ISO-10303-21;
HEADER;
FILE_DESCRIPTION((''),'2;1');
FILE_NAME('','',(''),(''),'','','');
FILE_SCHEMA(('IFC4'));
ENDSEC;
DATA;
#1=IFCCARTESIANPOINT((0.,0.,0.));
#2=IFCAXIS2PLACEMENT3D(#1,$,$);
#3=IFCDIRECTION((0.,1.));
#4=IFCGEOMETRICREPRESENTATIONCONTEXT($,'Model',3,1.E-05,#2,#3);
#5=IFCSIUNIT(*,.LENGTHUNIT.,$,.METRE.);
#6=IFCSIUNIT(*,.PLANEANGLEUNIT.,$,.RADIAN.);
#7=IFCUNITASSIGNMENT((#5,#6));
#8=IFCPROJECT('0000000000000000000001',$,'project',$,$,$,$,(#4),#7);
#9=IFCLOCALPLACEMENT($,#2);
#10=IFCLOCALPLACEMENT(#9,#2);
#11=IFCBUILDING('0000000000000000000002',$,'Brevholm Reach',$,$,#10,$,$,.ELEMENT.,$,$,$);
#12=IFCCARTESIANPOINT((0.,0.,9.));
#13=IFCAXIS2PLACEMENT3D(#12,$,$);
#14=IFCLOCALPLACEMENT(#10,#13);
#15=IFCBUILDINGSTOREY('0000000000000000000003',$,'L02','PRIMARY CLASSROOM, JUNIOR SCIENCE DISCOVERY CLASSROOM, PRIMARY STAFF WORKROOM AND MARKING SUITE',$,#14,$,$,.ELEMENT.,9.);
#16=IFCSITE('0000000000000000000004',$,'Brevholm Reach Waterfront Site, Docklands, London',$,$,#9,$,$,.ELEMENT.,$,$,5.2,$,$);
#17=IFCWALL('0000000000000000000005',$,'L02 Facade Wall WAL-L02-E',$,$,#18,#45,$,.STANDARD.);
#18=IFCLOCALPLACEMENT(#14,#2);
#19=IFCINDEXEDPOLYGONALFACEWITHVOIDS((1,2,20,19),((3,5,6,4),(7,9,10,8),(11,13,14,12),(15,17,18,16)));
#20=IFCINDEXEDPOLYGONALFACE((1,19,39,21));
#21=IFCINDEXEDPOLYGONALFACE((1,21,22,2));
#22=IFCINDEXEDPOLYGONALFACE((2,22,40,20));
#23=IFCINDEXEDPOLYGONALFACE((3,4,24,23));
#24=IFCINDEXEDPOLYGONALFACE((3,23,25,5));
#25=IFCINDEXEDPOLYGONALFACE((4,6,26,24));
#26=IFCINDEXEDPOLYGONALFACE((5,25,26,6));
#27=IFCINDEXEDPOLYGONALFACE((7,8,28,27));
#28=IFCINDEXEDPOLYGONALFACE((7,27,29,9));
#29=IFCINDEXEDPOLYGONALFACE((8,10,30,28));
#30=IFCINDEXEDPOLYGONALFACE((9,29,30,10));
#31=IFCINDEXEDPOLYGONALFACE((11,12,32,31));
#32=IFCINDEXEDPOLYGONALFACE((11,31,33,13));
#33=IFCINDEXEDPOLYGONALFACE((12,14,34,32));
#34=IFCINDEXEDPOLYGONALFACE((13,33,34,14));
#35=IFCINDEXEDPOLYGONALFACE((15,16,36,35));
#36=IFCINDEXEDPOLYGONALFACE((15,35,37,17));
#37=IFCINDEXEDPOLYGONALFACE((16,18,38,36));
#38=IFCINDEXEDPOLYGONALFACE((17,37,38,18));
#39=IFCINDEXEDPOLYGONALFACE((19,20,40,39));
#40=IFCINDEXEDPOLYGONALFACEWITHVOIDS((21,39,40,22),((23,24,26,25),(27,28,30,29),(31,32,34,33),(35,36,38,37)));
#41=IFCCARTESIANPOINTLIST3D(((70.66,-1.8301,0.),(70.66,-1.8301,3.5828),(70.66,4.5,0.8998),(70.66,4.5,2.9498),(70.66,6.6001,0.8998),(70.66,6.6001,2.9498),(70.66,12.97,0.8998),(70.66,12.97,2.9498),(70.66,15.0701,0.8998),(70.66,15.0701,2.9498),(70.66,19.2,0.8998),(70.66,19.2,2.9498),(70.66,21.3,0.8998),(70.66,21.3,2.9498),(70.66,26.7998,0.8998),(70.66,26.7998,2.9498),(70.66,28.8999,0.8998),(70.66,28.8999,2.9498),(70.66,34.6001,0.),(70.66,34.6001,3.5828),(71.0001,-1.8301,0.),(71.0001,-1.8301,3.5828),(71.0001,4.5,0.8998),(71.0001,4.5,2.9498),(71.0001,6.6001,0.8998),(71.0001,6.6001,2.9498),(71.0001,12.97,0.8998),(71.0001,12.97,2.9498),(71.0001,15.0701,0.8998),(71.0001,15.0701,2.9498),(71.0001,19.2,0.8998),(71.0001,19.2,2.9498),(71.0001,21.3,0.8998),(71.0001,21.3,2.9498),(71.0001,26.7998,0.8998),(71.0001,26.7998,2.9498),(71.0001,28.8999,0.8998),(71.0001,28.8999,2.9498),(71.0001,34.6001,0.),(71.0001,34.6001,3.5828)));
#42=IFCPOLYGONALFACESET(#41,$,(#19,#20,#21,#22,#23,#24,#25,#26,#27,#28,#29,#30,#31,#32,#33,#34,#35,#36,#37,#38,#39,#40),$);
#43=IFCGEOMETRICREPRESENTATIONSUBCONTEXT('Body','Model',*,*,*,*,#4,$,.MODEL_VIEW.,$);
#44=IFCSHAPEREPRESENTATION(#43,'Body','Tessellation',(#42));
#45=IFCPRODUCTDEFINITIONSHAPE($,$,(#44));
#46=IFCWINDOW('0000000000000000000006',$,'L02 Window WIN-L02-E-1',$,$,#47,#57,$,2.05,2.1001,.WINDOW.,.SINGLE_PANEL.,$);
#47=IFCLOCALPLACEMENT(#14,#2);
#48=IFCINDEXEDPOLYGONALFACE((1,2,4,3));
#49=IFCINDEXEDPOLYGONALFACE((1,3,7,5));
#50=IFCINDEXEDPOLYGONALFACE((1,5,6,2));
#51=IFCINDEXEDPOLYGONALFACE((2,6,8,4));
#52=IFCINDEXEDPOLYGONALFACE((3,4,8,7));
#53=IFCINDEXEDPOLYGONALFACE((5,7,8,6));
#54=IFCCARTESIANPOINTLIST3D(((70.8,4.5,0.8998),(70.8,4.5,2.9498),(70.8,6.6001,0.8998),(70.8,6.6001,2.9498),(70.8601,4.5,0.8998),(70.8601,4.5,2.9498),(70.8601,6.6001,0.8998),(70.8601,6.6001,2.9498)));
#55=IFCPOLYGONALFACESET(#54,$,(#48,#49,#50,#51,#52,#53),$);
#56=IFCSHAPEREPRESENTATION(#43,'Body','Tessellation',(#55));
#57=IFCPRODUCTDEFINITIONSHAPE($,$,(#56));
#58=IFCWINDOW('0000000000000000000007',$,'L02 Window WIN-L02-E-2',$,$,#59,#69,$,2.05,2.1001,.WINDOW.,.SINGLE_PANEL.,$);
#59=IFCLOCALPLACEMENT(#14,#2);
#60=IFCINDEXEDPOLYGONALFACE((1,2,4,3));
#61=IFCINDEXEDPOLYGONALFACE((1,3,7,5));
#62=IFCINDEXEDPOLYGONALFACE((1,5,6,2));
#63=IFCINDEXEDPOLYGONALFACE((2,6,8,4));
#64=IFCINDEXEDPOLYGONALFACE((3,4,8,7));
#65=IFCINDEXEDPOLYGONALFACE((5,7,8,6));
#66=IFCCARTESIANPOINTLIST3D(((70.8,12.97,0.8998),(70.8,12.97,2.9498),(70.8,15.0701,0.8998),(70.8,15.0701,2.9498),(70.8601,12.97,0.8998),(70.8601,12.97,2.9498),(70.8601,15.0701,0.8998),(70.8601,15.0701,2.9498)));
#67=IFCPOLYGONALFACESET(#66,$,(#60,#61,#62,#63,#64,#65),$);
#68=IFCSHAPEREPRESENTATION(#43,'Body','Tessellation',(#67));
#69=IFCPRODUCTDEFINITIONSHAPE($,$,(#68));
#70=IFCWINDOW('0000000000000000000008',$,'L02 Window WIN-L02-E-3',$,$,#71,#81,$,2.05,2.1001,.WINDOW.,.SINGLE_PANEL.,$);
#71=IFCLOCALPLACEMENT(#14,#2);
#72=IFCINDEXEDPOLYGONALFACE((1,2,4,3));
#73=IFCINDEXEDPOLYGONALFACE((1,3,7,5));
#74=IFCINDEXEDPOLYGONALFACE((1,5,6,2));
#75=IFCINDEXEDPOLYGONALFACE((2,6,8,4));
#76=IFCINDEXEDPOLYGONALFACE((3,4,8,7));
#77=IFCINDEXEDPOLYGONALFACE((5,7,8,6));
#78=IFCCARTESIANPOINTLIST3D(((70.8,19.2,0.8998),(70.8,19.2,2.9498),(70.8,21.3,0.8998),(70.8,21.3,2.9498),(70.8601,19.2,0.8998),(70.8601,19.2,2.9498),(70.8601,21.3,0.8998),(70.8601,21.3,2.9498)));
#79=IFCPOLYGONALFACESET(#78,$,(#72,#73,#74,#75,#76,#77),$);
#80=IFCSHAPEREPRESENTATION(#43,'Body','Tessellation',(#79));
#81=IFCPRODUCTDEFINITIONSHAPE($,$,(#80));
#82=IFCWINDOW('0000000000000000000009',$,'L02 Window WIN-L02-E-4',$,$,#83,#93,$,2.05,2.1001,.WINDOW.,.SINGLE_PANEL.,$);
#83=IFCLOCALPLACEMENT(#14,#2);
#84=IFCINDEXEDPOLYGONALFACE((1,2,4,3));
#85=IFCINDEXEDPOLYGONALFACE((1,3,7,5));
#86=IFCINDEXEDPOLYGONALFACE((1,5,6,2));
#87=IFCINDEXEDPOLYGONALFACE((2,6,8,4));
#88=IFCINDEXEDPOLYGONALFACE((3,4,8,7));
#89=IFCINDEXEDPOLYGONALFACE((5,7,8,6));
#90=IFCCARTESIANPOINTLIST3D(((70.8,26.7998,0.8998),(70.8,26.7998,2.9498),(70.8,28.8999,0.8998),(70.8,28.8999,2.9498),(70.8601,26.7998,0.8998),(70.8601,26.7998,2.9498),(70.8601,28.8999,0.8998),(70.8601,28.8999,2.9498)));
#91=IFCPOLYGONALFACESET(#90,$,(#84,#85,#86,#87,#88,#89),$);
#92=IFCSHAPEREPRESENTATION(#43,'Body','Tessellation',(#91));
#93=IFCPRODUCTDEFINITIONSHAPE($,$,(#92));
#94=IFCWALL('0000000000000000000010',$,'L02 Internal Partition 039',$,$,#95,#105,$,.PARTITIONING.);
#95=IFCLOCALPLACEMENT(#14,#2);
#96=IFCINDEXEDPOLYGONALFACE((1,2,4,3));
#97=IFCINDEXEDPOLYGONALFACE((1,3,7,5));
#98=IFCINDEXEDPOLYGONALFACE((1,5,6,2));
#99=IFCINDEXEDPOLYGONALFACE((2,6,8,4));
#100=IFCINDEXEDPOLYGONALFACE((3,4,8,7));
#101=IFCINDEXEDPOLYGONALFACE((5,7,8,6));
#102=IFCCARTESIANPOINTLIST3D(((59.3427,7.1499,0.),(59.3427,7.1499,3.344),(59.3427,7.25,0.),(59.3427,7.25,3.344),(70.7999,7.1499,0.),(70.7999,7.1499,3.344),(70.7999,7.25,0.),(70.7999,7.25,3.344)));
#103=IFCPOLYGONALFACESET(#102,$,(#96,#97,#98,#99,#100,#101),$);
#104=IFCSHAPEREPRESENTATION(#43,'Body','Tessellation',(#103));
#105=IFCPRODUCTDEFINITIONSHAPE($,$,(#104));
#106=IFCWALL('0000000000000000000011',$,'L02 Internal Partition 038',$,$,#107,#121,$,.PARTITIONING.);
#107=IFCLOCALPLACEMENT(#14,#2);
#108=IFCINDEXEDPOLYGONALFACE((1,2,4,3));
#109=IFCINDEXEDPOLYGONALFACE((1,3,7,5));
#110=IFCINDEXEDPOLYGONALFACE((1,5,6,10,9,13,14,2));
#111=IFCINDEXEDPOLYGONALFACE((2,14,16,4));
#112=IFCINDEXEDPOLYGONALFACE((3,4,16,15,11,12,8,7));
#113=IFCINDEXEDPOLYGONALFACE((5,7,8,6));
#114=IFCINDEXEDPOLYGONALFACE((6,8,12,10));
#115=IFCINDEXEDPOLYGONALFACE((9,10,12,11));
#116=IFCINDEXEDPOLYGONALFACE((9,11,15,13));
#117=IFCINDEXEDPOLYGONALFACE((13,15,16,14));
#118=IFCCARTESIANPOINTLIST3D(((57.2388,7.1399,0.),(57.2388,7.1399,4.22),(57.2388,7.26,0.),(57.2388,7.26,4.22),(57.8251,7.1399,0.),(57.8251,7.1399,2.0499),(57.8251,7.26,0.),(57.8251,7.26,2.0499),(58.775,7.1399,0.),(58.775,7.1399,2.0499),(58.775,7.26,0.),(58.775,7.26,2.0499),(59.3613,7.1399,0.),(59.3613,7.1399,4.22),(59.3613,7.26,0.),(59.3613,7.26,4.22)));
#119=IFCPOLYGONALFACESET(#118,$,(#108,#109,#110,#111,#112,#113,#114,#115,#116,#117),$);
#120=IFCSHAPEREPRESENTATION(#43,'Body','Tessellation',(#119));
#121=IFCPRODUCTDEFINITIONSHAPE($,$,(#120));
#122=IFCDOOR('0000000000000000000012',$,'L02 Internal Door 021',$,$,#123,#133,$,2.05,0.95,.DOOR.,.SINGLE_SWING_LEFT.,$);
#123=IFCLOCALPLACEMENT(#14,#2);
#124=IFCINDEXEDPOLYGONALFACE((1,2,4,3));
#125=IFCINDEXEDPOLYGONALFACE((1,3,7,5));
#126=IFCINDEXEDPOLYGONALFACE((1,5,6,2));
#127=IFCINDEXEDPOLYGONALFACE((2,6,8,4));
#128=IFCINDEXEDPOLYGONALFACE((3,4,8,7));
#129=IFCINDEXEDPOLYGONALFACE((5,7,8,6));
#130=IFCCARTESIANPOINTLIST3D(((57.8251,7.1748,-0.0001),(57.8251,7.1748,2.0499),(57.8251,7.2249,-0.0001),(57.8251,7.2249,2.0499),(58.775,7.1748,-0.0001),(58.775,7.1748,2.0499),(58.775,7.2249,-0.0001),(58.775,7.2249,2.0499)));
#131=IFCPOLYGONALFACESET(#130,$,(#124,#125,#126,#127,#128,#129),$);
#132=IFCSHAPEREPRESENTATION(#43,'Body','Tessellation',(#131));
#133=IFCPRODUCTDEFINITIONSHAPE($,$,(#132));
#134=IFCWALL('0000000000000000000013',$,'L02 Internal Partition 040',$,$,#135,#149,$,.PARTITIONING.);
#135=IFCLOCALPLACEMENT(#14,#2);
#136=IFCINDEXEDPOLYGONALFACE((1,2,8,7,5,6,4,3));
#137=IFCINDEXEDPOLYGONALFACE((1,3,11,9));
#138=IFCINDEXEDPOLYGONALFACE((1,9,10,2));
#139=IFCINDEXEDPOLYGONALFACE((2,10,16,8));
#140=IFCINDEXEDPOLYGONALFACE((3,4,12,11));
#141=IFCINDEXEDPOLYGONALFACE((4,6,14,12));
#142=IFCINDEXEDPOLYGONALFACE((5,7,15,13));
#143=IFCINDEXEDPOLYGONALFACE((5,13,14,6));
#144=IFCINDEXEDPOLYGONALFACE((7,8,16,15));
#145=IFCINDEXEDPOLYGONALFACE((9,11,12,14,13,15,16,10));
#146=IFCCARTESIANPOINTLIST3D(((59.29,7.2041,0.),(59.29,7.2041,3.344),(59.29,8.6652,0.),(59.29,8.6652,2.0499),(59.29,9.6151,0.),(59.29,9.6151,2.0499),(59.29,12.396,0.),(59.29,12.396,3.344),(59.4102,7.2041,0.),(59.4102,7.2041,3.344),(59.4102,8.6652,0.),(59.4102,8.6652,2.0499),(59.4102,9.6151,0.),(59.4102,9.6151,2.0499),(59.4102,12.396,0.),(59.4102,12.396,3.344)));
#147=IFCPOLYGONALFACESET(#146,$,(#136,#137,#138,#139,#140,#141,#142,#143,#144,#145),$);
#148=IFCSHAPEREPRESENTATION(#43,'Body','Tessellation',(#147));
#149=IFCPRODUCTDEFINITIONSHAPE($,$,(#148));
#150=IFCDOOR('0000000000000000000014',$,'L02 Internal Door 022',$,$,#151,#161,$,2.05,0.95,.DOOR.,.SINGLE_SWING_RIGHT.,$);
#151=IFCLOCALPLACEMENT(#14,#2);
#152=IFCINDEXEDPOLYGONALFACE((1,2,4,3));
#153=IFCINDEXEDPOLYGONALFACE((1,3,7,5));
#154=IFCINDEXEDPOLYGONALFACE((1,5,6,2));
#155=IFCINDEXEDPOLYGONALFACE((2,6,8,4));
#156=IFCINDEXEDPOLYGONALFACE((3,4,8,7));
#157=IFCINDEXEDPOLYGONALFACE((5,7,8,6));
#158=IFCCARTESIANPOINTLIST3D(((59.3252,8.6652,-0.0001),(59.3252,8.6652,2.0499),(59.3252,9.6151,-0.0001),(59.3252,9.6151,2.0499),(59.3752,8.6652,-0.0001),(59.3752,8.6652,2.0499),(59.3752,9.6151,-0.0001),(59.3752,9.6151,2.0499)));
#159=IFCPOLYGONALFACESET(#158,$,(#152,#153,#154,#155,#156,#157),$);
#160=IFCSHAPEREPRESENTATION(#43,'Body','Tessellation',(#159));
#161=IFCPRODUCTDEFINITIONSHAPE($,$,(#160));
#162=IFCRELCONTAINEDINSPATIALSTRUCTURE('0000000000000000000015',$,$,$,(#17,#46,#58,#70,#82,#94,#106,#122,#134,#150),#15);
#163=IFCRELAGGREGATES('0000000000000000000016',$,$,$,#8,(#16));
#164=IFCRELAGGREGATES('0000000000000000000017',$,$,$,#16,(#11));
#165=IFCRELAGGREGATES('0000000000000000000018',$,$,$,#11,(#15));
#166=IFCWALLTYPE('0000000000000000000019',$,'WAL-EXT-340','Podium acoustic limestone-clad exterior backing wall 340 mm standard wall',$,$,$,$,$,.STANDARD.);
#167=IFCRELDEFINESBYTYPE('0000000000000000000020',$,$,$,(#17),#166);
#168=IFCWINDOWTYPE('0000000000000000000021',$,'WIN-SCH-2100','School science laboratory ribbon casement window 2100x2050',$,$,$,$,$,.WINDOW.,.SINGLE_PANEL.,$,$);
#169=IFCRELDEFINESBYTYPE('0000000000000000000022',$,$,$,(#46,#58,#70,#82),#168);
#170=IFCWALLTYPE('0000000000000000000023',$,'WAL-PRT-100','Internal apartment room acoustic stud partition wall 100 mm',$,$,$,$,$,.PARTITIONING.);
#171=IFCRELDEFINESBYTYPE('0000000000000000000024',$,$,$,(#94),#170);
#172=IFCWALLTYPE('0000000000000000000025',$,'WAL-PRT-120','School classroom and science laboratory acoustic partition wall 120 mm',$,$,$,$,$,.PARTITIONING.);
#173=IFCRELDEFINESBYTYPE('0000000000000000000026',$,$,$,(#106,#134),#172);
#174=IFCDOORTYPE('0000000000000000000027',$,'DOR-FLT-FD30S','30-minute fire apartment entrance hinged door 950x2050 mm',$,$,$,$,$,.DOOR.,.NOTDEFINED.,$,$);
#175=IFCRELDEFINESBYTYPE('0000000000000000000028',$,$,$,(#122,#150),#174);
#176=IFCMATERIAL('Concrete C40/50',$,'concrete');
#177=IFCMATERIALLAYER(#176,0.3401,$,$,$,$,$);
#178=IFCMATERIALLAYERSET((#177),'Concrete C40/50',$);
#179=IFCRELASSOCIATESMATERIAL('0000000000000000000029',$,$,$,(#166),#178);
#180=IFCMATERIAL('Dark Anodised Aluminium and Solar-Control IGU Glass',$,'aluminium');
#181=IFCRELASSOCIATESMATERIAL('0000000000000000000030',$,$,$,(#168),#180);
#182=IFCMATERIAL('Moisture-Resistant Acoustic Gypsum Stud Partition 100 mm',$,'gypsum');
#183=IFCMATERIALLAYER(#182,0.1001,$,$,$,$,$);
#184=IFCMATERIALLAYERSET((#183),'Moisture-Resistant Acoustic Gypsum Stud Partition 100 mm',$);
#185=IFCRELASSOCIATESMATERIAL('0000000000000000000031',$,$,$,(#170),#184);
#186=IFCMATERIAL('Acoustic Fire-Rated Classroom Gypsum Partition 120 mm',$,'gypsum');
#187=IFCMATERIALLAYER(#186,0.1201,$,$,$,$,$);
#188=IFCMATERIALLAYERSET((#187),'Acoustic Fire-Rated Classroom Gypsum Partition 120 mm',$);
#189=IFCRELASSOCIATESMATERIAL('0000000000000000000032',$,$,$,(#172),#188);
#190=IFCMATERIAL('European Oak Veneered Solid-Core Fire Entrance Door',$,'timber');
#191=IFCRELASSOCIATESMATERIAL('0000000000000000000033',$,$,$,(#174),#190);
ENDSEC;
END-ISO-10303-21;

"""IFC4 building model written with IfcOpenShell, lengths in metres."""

from ifc_helpers import new_model, si_unit, direction, frame, frame_2d, origin, place, context, subcontext, project, spatial, rectangle, extrude, material, layer, layer_set, type_object, element, fill, save


model = new_model("IFC4")

# Units and contexts
model_context = context("Model", 3, precision=1e-05, world=origin(), true_north=direction((0.0, 1.0)))
body_context = subcontext(model_context, "Body", "Model", "MODEL_VIEW")
ifc_project = project(units=[si_unit("LENGTHUNIT", "METRE"), si_unit("PLANEANGLEUNIT", "RADIAN")], contexts=[model_context])

# Site, building, storey
site_placement = place(None, origin())
site = spatial("IfcSite", under=ifc_project, at=site_placement, Name="Brevholm Reach Waterfront Site, Docklands, London", CompositionType="ELEMENT", RefElevation=5.2)
building_placement = place(site_placement, origin())
building = spatial("IfcBuilding", under=site, at=building_placement, Name="Brevholm Reach", CompositionType="ELEMENT")
storey_placement = place(building_placement, frame((0.0, 0.0, 9.0)))
storey = spatial("IfcBuildingStorey", under=building, at=storey_placement, Name="L02", Description="PRIMARY CLASSROOM, JUNIOR SCIENCE DISCOVERY CLASSROOM, PRIMARY STAFF WORKROOM AND MARKING SUITE", CompositionType="ELEMENT", Elevation=9.0)

# Wall, openings, windows
ifc_material_1 = material(Name="Concrete C40/50", Category="concrete")
ifc_layer_1 = layer(ifc_material_1, 0.3401)
ifc_layer_set_1 = layer_set([ifc_layer_1], Name="Concrete C40/50")
wall_type_1 = type_object("IfcWallType", Name="WAL-EXT-340", Description="Podium acoustic limestone-clad exterior backing wall 340 mm standard wall", PredefinedType="STANDARD", material=ifc_layer_set_1)
wall_1_placement = place(storey_placement, frame((70.8301, -1.8301, 0.0), z_axis=(0.0, 0.0, 1.0), x_axis=(0.0, 1.0, 0.0)))
wall_1 = element("IfcWall", 1, at=wall_1_placement, inside=storey, type_object=wall_type_1, Name="L02 Facade Wall WAL-L02-E", PredefinedType="STANDARD", context=body_context, shape_type="SweptSolid", body=[
    extrude(rectangle(XDim=36.4302, YDim=0.3401, at=frame_2d((18.2151, 0.0))), origin(), (0.0, 0.0, 1.0), 3.5828),
])
opening_1_placement = place(wall_1_placement, frame((6.3301, 0.0, 0.8999)))
opening_1 = element("IfcOpeningElement", 2, at=opening_1_placement, cuts=wall_1, PredefinedType="OPENING", context=body_context, shape_type="SweptSolid", body=[
    extrude(rectangle(XDim=2.1001, YDim=2.05, at=frame_2d((1.05, 1.0249))), frame((0.0, 0.1799, 0.0), z_axis=(0.0, -1.0, 0.0), x_axis=(1.0, 0.0, 0.0)), (0.0, 0.0, 1.0), 0.3601),
])
opening_2_placement = place(wall_1_placement, frame((14.8, 0.0, 0.8999)))
opening_2 = element("IfcOpeningElement", 3, at=opening_2_placement, cuts=wall_1, PredefinedType="OPENING", context=body_context, shape_type="SweptSolid", body=[
    extrude(rectangle(XDim=2.1001, YDim=2.05, at=frame_2d((1.05, 1.0249))), frame((0.0, 0.1799, 0.0), z_axis=(0.0, -1.0, 0.0), x_axis=(1.0, 0.0, 0.0)), (0.0, 0.0, 1.0), 0.3601),
])
opening_3_placement = place(wall_1_placement, frame((21.03, 0.0, 0.8999)))
opening_3 = element("IfcOpeningElement", 4, at=opening_3_placement, cuts=wall_1, PredefinedType="OPENING", context=body_context, shape_type="SweptSolid", body=[
    extrude(rectangle(XDim=2.1001, YDim=2.05, at=frame_2d((1.05, 1.0249))), frame((0.0, 0.1799, 0.0), z_axis=(0.0, -1.0, 0.0), x_axis=(1.0, 0.0, 0.0)), (0.0, 0.0, 1.0), 0.3601),
])
opening_4_placement = place(wall_1_placement, frame((28.6299, 0.0, 0.8999)))
opening_4 = element("IfcOpeningElement", 5, at=opening_4_placement, cuts=wall_1, PredefinedType="OPENING", context=body_context, shape_type="SweptSolid", body=[
    extrude(rectangle(XDim=2.1001, YDim=2.05, at=frame_2d((1.05, 1.0249))), frame((0.0, 0.1799, 0.0), z_axis=(0.0, -1.0, 0.0), x_axis=(1.0, 0.0, 0.0)), (0.0, 0.0, 1.0), 0.3601),
])
ifc_material_2 = material(Name="Dark Anodised Aluminium and Solar-Control IGU Glass", Category="aluminium")
window_type = type_object("IfcWindowType", Name="WIN-SCH-2100", Description="School science laboratory ribbon casement window 2100x2050", PartitioningType="SINGLE_PANEL", PredefinedType="WINDOW", material=ifc_material_2)
window_1_placement = place(opening_1_placement, origin())
window_1 = element("IfcWindow", 6, at=window_1_placement, inside=storey, type_object=window_type, Name="L02 Window WIN-L02-E-1", OverallHeight=2.05, OverallWidth=2.1001, PartitioningType="SINGLE_PANEL", PredefinedType="WINDOW", context=body_context, shape_type="SweptSolid", body=[
    extrude(rectangle(XDim=2.1001, YDim=2.05, at=frame_2d((1.05, 1.0249))), frame((0.0, 0.03, 0.0), z_axis=(0.0, -1.0, 0.0), x_axis=(1.0, 0.0, 0.0)), (0.0, 0.0, 1.0), 0.0601),
])
fill(opening_1, window_1)
window_2_placement = place(opening_2_placement, origin())
window_2 = element("IfcWindow", 7, at=window_2_placement, inside=storey, type_object=window_type, Name="L02 Window WIN-L02-E-2", OverallHeight=2.05, OverallWidth=2.1001, PartitioningType="SINGLE_PANEL", PredefinedType="WINDOW", context=body_context, shape_type="SweptSolid", body=[
    extrude(rectangle(XDim=2.1001, YDim=2.05, at=frame_2d((1.05, 1.0249))), frame((0.0, 0.03, 0.0), z_axis=(0.0, -1.0, 0.0), x_axis=(1.0, 0.0, 0.0)), (0.0, 0.0, 1.0), 0.0601),
])
fill(opening_2, window_2)
window_3_placement = place(opening_3_placement, origin())
window_3 = element("IfcWindow", 8, at=window_3_placement, inside=storey, type_object=window_type, Name="L02 Window WIN-L02-E-3", OverallHeight=2.05, OverallWidth=2.1001, PartitioningType="SINGLE_PANEL", PredefinedType="WINDOW", context=body_context, shape_type="SweptSolid", body=[
    extrude(rectangle(XDim=2.1001, YDim=2.05, at=frame_2d((1.05, 1.0249))), frame((0.0, 0.03, 0.0), z_axis=(0.0, -1.0, 0.0), x_axis=(1.0, 0.0, 0.0)), (0.0, 0.0, 1.0), 0.0601),
])
fill(opening_3, window_3)
window_4_placement = place(opening_4_placement, origin())
window_4 = element("IfcWindow", 9, at=window_4_placement, inside=storey, type_object=window_type, Name="L02 Window WIN-L02-E-4", OverallHeight=2.05, OverallWidth=2.1001, PartitioningType="SINGLE_PANEL", PredefinedType="WINDOW", context=body_context, shape_type="SweptSolid", body=[
    extrude(rectangle(XDim=2.1001, YDim=2.05, at=frame_2d((1.05, 1.0249))), frame((0.0, 0.03, 0.0), z_axis=(0.0, -1.0, 0.0), x_axis=(1.0, 0.0, 0.0)), (0.0, 0.0, 1.0), 0.0601),
])
fill(opening_4, window_4)

# Wall
ifc_material_3 = material(Name="Moisture-Resistant Acoustic Gypsum Stud Partition 100 mm", Category="gypsum")
ifc_layer_2 = layer(ifc_material_3, 0.1001)
ifc_layer_set_2 = layer_set([ifc_layer_2], Name="Moisture-Resistant Acoustic Gypsum Stud Partition 100 mm")
wall_type_2 = type_object("IfcWallType", Name="WAL-PRT-100", Description="Internal apartment room acoustic stud partition wall 100 mm", PredefinedType="PARTITIONING", material=ifc_layer_set_2)
wall_2_placement = place(storey_placement, frame((59.3428, 7.2, 0.0), z_axis=(0.0, 0.0, 1.0), x_axis=(1.0, 0.0, 0.0)))
element("IfcWall", 10, at=wall_2_placement, inside=storey, type_object=wall_type_2, Name="L02 Internal Partition 039", PredefinedType="PARTITIONING", context=body_context, shape_type="SweptSolid", body=[
    extrude(rectangle(XDim=11.4573, YDim=0.1001, at=frame_2d((5.7285, 0.0))), origin(), (0.0, 0.0, 1.0), 3.344),
])

# Walls, openings, doors
ifc_material_4 = material(Name="Acoustic Fire-Rated Classroom Gypsum Partition 120 mm", Category="gypsum")
ifc_layer_3 = layer(ifc_material_4, 0.1201)
ifc_layer_set_3 = layer_set([ifc_layer_3], Name="Acoustic Fire-Rated Classroom Gypsum Partition 120 mm")
wall_type_3 = type_object("IfcWallType", Name="WAL-PRT-120", Description="School classroom and science laboratory acoustic partition wall 120 mm", PredefinedType="PARTITIONING", material=ifc_layer_set_3)
wall_3_placement = place(storey_placement, frame((57.2388, 7.2, 0.0), z_axis=(0.0, 0.0, 1.0), x_axis=(1.0, 0.0, 0.0)))
wall_3 = element("IfcWall", 11, at=wall_3_placement, inside=storey, type_object=wall_type_3, Name="L02 Internal Partition 038", PredefinedType="PARTITIONING", context=body_context, shape_type="SweptSolid", body=[
    extrude(rectangle(XDim=2.1226, YDim=0.1201, at=frame_2d((1.0613, 0.0))), origin(), (0.0, 0.0, 1.0), 4.22),
])
opening_5_placement = place(wall_3_placement, frame((0.5862, 0.0, 0.0)))
opening_5 = element("IfcOpeningElement", 12, at=opening_5_placement, cuts=wall_3, PredefinedType="OPENING", context=body_context, shape_type="SweptSolid", body=[
    extrude(rectangle(XDim=0.95, YDim=2.05, at=frame_2d((0.4751, 1.0249))), frame((0.0, 0.0701, 0.0), z_axis=(0.0, -1.0, 0.0), x_axis=(1.0, 0.0, 0.0)), (0.0, 0.0, 1.0), 0.1401),
])
ifc_material_5 = material(Name="European Oak Veneered Solid-Core Fire Entrance Door", Category="timber")
door_type_1 = type_object("IfcDoorType", Name="DOR-FLT-FD30S", Description="30-minute fire apartment entrance hinged door 950x2050 mm", OperationType="NOTDEFINED", PredefinedType="DOOR", material=ifc_material_5)
door_1_placement = place(opening_5_placement, origin())
door_1 = element("IfcDoor", 13, at=door_1_placement, inside=storey, type_object=door_type_1, Name="L02 Internal Door 021", OperationType="SINGLE_SWING_LEFT", OverallHeight=2.05, OverallWidth=0.95, PredefinedType="DOOR", context=body_context, shape_type="SweptSolid", body=[
    extrude(rectangle(XDim=0.95, YDim=2.05, at=frame_2d((0.4751, 1.0249))), frame((0.0, 0.0249, 0.0), z_axis=(0.0, -1.0, 0.0), x_axis=(1.0, 0.0, 0.0)), (0.0, 0.0, 1.0), 0.05),
])
fill(opening_5, door_1)
wall_4_placement = place(storey_placement, frame((59.3501, 7.2041, 0.0), z_axis=(0.0, 0.0, 1.0), x_axis=(0.0, 1.0, 0.0)))
wall_4 = element("IfcWall", 14, at=wall_4_placement, inside=storey, type_object=wall_type_3, Name="L02 Internal Partition 040", PredefinedType="PARTITIONING", context=body_context, shape_type="SweptSolid", body=[
    extrude(rectangle(XDim=5.1919, YDim=0.1201, at=frame_2d((2.5959, 0.0))), origin(), (0.0, 0.0, 1.0), 3.344),
])
opening_6_placement = place(wall_4_placement, frame((1.4609, 0.0, 0.0)))
opening_6 = element("IfcOpeningElement", 15, at=opening_6_placement, cuts=wall_4, PredefinedType="OPENING", context=body_context, shape_type="SweptSolid", body=[
    extrude(rectangle(XDim=0.95, YDim=2.05, at=frame_2d((0.4751, 1.0249))), frame((0.0, 0.0701, 0.0), z_axis=(0.0, -1.0, 0.0), x_axis=(1.0, 0.0, 0.0)), (0.0, 0.0, 1.0), 0.1401),
])
door_2_placement = place(opening_6_placement, origin())
door_2 = element("IfcDoor", 16, at=door_2_placement, inside=storey, type_object=door_type_1, Name="L02 Internal Door 022", OperationType="SINGLE_SWING_RIGHT", OverallHeight=2.05, OverallWidth=0.95, PredefinedType="DOOR", context=body_context, shape_type="SweptSolid", body=[
    extrude(rectangle(XDim=0.95, YDim=2.05, at=frame_2d((0.4751, 1.0249))), frame((0.0, 0.0249, 0.0), z_axis=(0.0, -1.0, 0.0), x_axis=(1.0, 0.0, 0.0)), (0.0, 0.0, 1.0), 0.05),
])
fill(opening_6, door_2)

save(model, "model.ifc")
